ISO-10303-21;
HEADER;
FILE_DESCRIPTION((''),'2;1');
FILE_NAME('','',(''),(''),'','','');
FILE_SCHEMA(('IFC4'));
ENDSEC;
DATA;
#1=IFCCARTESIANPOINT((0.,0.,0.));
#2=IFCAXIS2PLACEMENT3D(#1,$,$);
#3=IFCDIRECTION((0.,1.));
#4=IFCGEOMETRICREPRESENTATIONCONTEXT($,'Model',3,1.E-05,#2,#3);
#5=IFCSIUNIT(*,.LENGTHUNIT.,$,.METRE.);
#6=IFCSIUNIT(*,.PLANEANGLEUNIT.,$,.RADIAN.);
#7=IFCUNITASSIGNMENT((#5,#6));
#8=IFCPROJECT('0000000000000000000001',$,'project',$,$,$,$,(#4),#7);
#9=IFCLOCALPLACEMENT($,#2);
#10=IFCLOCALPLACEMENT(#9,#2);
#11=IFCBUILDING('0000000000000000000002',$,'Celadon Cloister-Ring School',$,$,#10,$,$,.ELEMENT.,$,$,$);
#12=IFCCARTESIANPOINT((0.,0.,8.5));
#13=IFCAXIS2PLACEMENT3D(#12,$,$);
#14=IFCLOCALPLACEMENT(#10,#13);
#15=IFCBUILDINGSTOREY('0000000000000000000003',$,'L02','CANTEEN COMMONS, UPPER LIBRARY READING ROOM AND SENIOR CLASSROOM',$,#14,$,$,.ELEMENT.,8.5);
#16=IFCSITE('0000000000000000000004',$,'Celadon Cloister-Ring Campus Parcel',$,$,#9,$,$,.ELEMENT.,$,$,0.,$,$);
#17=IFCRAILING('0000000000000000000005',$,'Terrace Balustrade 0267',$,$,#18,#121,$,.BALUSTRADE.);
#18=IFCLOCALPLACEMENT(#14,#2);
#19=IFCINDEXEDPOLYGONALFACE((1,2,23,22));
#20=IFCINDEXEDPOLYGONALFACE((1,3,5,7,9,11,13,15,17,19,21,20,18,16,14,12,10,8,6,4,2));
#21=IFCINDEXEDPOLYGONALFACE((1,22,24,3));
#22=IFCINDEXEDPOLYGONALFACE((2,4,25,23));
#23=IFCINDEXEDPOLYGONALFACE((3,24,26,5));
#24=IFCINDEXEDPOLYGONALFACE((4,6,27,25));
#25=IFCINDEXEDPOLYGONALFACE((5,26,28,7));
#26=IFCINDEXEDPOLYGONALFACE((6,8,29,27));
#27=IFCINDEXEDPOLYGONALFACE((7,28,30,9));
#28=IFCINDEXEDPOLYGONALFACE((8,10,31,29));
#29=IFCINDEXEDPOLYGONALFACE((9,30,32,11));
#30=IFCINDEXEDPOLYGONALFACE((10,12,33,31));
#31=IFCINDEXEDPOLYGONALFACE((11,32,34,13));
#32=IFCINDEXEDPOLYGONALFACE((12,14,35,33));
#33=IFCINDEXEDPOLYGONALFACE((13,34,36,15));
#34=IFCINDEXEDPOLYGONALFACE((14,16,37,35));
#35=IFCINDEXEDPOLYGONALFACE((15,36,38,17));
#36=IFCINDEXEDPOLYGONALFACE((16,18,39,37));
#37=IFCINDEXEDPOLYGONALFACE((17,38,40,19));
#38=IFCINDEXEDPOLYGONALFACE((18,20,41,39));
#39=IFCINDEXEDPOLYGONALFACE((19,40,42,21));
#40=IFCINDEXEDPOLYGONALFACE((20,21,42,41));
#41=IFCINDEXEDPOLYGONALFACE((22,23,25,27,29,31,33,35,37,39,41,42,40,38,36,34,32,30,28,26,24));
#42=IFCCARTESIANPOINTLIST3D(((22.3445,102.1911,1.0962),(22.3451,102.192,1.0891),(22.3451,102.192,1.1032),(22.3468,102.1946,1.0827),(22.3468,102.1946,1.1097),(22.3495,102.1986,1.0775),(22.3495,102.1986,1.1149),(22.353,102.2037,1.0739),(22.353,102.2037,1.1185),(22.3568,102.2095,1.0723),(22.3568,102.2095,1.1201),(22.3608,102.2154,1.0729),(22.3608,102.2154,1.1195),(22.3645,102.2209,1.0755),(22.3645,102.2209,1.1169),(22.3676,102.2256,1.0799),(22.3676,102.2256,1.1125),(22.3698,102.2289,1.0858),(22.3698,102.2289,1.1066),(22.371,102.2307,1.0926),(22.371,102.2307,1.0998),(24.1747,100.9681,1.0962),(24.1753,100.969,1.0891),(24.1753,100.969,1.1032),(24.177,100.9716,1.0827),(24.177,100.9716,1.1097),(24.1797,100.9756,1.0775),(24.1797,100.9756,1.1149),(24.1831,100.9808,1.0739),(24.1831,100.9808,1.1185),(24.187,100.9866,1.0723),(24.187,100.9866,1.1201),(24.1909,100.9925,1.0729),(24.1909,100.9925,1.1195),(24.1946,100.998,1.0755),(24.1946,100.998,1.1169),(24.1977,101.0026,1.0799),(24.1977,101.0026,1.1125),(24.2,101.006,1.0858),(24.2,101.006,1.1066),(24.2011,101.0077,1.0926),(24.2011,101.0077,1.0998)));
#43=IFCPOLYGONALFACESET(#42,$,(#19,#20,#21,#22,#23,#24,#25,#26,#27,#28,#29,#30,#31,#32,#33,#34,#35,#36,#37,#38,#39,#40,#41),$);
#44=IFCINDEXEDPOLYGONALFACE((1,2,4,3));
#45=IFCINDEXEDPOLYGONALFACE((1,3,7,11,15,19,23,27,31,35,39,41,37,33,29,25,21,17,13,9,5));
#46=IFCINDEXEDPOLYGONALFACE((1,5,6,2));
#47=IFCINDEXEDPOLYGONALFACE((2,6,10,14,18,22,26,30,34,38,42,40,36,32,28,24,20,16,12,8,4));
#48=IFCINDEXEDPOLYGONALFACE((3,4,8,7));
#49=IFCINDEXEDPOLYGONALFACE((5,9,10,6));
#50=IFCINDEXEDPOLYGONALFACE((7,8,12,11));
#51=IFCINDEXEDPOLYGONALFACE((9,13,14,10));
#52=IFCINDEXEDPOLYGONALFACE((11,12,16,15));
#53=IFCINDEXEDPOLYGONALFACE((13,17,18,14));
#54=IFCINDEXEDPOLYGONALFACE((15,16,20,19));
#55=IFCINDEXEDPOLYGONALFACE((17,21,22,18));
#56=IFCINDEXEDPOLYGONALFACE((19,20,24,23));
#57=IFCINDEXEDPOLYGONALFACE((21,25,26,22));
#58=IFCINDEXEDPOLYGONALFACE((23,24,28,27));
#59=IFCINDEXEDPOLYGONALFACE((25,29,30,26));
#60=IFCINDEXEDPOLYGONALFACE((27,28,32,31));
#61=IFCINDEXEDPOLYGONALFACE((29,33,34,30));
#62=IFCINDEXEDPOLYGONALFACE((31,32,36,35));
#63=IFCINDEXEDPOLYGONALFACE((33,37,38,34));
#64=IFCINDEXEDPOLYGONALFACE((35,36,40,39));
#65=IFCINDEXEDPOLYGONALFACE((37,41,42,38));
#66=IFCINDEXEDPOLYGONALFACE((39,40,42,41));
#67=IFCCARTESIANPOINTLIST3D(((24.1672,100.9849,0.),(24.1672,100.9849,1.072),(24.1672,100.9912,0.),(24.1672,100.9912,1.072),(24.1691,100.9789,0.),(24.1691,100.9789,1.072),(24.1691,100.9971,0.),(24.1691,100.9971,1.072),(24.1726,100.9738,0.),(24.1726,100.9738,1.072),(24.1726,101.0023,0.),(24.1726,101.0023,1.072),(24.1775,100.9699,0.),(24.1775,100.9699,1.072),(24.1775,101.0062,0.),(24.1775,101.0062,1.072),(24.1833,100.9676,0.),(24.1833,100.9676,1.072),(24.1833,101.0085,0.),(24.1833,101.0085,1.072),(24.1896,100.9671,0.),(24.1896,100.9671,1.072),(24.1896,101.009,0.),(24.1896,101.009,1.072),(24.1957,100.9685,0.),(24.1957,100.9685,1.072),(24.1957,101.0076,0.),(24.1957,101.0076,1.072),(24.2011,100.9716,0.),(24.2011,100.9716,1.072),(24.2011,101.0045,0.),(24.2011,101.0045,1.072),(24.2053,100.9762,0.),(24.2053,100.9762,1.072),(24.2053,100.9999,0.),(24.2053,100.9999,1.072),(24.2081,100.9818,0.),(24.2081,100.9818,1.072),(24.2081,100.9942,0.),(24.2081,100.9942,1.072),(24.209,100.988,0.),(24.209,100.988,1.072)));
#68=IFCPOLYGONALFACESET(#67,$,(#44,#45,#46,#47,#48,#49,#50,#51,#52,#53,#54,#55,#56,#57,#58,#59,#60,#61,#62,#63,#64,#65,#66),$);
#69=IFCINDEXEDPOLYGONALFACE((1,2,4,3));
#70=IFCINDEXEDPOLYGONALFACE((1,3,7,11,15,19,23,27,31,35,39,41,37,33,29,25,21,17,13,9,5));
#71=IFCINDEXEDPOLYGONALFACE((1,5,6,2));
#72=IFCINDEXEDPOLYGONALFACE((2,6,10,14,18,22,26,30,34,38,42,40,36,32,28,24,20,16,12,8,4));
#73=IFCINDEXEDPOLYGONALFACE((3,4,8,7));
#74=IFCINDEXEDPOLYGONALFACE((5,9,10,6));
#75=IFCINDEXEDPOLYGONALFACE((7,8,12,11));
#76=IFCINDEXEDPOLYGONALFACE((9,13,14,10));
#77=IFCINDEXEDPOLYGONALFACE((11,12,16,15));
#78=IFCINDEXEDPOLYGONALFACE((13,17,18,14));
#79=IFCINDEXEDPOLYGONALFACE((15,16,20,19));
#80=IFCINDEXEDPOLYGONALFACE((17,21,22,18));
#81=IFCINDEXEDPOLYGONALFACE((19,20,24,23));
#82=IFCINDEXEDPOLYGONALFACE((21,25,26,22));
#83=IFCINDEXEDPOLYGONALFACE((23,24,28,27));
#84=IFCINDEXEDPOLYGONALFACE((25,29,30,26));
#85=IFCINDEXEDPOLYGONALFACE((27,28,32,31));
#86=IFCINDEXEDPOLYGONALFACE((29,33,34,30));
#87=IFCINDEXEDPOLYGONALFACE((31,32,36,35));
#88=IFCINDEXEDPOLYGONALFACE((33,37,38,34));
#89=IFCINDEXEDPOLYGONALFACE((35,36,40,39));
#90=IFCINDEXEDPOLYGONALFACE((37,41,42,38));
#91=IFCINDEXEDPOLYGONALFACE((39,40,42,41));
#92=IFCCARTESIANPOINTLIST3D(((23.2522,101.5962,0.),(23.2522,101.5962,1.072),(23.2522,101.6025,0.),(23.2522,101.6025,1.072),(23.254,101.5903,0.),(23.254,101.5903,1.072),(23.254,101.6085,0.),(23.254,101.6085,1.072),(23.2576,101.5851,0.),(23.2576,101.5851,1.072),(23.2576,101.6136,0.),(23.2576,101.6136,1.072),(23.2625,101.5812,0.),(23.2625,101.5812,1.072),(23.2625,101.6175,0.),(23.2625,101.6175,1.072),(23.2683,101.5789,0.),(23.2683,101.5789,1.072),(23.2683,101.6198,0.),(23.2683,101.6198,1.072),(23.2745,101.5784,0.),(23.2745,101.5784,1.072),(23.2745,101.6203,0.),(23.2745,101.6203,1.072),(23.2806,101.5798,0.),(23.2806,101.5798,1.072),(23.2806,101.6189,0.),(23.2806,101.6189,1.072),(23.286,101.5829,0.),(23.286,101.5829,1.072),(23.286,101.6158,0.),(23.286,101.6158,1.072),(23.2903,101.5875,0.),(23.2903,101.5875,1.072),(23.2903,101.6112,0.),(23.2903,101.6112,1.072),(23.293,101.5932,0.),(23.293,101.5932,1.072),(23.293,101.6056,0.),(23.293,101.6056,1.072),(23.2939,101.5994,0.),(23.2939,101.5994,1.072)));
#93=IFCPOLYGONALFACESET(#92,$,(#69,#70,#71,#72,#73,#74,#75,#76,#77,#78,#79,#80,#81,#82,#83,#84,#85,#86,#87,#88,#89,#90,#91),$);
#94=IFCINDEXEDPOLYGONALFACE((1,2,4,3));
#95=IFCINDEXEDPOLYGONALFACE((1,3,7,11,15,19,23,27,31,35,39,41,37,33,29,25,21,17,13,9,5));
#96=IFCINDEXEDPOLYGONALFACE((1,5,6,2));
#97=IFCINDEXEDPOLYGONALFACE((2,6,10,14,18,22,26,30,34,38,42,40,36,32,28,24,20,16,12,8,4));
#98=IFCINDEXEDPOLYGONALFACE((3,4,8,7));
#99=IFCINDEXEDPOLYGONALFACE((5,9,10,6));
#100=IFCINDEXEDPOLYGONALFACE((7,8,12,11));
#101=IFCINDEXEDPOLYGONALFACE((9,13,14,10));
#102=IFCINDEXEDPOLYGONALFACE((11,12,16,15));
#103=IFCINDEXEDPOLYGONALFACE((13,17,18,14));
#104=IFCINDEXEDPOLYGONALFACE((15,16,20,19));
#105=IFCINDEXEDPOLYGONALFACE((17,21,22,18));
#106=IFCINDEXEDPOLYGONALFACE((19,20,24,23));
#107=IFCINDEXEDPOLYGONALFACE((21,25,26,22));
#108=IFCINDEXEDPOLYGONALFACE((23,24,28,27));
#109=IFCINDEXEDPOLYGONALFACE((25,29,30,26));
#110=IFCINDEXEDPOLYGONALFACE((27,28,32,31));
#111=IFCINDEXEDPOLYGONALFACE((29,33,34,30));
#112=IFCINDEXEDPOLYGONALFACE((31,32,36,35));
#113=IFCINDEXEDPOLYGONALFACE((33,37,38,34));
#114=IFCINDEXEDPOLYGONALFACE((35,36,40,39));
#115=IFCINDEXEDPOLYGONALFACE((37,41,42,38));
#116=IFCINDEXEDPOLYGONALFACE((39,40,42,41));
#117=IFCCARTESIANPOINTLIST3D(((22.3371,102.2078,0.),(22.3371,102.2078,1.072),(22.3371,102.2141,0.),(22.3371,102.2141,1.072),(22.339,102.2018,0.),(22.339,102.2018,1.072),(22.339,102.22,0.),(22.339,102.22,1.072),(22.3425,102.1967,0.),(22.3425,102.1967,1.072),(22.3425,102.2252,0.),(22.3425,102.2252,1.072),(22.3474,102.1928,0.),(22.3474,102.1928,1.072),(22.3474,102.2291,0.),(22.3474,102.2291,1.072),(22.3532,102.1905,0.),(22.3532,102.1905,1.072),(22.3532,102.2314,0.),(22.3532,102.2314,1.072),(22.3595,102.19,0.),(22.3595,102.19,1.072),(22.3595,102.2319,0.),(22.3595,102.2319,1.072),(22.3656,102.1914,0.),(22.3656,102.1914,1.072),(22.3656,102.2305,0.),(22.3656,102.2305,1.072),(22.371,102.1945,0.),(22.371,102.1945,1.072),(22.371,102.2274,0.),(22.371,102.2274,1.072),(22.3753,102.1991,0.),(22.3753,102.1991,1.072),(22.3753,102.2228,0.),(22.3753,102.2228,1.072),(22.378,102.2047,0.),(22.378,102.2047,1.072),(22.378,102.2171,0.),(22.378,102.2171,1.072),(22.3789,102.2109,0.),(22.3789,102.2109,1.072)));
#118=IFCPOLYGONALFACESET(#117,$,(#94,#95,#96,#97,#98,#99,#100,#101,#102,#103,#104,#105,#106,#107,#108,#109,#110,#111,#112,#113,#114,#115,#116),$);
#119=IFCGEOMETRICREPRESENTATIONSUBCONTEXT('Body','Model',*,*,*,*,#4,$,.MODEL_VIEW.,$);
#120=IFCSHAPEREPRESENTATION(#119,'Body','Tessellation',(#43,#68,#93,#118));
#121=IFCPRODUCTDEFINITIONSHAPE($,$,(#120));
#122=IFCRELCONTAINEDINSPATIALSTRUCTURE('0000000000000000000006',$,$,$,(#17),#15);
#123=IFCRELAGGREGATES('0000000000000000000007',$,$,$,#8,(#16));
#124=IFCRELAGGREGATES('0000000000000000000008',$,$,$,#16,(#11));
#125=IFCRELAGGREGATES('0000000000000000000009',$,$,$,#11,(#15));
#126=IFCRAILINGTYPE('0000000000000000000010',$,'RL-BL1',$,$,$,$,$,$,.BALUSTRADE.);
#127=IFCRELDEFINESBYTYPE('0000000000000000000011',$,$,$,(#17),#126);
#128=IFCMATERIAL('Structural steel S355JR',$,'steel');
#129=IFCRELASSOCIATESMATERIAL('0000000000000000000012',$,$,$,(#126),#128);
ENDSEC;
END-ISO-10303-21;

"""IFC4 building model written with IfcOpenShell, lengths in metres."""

from ifc_helpers import new_model, si_unit, direction, frame, origin, origin_2d, place, context, subcontext, project, spatial, circle, extrude, material, type_object, element, save


model = new_model("IFC4")

# Units and contexts
model_context = context("Model", 3, precision=1e-05, world=origin(), true_north=direction((0.0, 1.0)))
body_context = subcontext(model_context, "Body", "Model", "MODEL_VIEW")
ifc_project = project(units=[si_unit("LENGTHUNIT", "METRE"), si_unit("PLANEANGLEUNIT", "RADIAN")], contexts=[model_context])

# Site, building, storey
site_placement = place(None, origin())
site = spatial("IfcSite", under=ifc_project, at=site_placement, Name="Celadon Cloister-Ring Campus Parcel", CompositionType="ELEMENT", RefElevation=0.0)
building_placement = place(site_placement, origin())
building = spatial("IfcBuilding", under=site, at=building_placement, Name="Celadon Cloister-Ring School", CompositionType="ELEMENT")
storey_placement = place(building_placement, frame((0.0, 0.0, 8.5)))
storey = spatial("IfcBuildingStorey", under=building, at=storey_placement, Name="L02", Description="CANTEEN COMMONS, UPPER LIBRARY READING ROOM AND SENIOR CLASSROOM", CompositionType="ELEMENT", Elevation=8.5)

# Railing
ifc_material_1 = material(Name="Structural steel S355JR", Category="steel")
railing_type = type_object("IfcRailingType", Name="RL-BL1", PredefinedType="BALUSTRADE", material=ifc_material_1)
railing_1_placement = place(storey_placement, frame((24.188, 100.988, 0.0)))
element("IfcRailing", 1, at=railing_1_placement, inside=storey, type_object=railing_type, Name="Terrace Balustrade 0267", PredefinedType="BALUSTRADE", context=body_context, shape_type="SweptSolid", body=[
    extrude(circle(Radius=0.0239, at=origin_2d()), frame((0.0, 0.0, 1.0962), z_axis=(-0.831453, 0.555596, 0.0), x_axis=(-0.555596, -0.831453, 0.0)), (0.0, 0.0, 1.0), 2.2012),
    extrude(circle(Radius=0.021, at=origin_2d()), origin(), (0.0, 0.0, 1.0), 1.072),
    extrude(circle(Radius=0.021, at=origin_2d()), frame((-0.915, 0.6113, 0.0)), (0.0, 0.0, 1.0), 1.072),
    extrude(circle(Radius=0.021, at=origin_2d()), frame((-1.8301, 1.2229, 0.0)), (0.0, 0.0, 1.0), 1.072),
])

save(model, "model.ifc")
